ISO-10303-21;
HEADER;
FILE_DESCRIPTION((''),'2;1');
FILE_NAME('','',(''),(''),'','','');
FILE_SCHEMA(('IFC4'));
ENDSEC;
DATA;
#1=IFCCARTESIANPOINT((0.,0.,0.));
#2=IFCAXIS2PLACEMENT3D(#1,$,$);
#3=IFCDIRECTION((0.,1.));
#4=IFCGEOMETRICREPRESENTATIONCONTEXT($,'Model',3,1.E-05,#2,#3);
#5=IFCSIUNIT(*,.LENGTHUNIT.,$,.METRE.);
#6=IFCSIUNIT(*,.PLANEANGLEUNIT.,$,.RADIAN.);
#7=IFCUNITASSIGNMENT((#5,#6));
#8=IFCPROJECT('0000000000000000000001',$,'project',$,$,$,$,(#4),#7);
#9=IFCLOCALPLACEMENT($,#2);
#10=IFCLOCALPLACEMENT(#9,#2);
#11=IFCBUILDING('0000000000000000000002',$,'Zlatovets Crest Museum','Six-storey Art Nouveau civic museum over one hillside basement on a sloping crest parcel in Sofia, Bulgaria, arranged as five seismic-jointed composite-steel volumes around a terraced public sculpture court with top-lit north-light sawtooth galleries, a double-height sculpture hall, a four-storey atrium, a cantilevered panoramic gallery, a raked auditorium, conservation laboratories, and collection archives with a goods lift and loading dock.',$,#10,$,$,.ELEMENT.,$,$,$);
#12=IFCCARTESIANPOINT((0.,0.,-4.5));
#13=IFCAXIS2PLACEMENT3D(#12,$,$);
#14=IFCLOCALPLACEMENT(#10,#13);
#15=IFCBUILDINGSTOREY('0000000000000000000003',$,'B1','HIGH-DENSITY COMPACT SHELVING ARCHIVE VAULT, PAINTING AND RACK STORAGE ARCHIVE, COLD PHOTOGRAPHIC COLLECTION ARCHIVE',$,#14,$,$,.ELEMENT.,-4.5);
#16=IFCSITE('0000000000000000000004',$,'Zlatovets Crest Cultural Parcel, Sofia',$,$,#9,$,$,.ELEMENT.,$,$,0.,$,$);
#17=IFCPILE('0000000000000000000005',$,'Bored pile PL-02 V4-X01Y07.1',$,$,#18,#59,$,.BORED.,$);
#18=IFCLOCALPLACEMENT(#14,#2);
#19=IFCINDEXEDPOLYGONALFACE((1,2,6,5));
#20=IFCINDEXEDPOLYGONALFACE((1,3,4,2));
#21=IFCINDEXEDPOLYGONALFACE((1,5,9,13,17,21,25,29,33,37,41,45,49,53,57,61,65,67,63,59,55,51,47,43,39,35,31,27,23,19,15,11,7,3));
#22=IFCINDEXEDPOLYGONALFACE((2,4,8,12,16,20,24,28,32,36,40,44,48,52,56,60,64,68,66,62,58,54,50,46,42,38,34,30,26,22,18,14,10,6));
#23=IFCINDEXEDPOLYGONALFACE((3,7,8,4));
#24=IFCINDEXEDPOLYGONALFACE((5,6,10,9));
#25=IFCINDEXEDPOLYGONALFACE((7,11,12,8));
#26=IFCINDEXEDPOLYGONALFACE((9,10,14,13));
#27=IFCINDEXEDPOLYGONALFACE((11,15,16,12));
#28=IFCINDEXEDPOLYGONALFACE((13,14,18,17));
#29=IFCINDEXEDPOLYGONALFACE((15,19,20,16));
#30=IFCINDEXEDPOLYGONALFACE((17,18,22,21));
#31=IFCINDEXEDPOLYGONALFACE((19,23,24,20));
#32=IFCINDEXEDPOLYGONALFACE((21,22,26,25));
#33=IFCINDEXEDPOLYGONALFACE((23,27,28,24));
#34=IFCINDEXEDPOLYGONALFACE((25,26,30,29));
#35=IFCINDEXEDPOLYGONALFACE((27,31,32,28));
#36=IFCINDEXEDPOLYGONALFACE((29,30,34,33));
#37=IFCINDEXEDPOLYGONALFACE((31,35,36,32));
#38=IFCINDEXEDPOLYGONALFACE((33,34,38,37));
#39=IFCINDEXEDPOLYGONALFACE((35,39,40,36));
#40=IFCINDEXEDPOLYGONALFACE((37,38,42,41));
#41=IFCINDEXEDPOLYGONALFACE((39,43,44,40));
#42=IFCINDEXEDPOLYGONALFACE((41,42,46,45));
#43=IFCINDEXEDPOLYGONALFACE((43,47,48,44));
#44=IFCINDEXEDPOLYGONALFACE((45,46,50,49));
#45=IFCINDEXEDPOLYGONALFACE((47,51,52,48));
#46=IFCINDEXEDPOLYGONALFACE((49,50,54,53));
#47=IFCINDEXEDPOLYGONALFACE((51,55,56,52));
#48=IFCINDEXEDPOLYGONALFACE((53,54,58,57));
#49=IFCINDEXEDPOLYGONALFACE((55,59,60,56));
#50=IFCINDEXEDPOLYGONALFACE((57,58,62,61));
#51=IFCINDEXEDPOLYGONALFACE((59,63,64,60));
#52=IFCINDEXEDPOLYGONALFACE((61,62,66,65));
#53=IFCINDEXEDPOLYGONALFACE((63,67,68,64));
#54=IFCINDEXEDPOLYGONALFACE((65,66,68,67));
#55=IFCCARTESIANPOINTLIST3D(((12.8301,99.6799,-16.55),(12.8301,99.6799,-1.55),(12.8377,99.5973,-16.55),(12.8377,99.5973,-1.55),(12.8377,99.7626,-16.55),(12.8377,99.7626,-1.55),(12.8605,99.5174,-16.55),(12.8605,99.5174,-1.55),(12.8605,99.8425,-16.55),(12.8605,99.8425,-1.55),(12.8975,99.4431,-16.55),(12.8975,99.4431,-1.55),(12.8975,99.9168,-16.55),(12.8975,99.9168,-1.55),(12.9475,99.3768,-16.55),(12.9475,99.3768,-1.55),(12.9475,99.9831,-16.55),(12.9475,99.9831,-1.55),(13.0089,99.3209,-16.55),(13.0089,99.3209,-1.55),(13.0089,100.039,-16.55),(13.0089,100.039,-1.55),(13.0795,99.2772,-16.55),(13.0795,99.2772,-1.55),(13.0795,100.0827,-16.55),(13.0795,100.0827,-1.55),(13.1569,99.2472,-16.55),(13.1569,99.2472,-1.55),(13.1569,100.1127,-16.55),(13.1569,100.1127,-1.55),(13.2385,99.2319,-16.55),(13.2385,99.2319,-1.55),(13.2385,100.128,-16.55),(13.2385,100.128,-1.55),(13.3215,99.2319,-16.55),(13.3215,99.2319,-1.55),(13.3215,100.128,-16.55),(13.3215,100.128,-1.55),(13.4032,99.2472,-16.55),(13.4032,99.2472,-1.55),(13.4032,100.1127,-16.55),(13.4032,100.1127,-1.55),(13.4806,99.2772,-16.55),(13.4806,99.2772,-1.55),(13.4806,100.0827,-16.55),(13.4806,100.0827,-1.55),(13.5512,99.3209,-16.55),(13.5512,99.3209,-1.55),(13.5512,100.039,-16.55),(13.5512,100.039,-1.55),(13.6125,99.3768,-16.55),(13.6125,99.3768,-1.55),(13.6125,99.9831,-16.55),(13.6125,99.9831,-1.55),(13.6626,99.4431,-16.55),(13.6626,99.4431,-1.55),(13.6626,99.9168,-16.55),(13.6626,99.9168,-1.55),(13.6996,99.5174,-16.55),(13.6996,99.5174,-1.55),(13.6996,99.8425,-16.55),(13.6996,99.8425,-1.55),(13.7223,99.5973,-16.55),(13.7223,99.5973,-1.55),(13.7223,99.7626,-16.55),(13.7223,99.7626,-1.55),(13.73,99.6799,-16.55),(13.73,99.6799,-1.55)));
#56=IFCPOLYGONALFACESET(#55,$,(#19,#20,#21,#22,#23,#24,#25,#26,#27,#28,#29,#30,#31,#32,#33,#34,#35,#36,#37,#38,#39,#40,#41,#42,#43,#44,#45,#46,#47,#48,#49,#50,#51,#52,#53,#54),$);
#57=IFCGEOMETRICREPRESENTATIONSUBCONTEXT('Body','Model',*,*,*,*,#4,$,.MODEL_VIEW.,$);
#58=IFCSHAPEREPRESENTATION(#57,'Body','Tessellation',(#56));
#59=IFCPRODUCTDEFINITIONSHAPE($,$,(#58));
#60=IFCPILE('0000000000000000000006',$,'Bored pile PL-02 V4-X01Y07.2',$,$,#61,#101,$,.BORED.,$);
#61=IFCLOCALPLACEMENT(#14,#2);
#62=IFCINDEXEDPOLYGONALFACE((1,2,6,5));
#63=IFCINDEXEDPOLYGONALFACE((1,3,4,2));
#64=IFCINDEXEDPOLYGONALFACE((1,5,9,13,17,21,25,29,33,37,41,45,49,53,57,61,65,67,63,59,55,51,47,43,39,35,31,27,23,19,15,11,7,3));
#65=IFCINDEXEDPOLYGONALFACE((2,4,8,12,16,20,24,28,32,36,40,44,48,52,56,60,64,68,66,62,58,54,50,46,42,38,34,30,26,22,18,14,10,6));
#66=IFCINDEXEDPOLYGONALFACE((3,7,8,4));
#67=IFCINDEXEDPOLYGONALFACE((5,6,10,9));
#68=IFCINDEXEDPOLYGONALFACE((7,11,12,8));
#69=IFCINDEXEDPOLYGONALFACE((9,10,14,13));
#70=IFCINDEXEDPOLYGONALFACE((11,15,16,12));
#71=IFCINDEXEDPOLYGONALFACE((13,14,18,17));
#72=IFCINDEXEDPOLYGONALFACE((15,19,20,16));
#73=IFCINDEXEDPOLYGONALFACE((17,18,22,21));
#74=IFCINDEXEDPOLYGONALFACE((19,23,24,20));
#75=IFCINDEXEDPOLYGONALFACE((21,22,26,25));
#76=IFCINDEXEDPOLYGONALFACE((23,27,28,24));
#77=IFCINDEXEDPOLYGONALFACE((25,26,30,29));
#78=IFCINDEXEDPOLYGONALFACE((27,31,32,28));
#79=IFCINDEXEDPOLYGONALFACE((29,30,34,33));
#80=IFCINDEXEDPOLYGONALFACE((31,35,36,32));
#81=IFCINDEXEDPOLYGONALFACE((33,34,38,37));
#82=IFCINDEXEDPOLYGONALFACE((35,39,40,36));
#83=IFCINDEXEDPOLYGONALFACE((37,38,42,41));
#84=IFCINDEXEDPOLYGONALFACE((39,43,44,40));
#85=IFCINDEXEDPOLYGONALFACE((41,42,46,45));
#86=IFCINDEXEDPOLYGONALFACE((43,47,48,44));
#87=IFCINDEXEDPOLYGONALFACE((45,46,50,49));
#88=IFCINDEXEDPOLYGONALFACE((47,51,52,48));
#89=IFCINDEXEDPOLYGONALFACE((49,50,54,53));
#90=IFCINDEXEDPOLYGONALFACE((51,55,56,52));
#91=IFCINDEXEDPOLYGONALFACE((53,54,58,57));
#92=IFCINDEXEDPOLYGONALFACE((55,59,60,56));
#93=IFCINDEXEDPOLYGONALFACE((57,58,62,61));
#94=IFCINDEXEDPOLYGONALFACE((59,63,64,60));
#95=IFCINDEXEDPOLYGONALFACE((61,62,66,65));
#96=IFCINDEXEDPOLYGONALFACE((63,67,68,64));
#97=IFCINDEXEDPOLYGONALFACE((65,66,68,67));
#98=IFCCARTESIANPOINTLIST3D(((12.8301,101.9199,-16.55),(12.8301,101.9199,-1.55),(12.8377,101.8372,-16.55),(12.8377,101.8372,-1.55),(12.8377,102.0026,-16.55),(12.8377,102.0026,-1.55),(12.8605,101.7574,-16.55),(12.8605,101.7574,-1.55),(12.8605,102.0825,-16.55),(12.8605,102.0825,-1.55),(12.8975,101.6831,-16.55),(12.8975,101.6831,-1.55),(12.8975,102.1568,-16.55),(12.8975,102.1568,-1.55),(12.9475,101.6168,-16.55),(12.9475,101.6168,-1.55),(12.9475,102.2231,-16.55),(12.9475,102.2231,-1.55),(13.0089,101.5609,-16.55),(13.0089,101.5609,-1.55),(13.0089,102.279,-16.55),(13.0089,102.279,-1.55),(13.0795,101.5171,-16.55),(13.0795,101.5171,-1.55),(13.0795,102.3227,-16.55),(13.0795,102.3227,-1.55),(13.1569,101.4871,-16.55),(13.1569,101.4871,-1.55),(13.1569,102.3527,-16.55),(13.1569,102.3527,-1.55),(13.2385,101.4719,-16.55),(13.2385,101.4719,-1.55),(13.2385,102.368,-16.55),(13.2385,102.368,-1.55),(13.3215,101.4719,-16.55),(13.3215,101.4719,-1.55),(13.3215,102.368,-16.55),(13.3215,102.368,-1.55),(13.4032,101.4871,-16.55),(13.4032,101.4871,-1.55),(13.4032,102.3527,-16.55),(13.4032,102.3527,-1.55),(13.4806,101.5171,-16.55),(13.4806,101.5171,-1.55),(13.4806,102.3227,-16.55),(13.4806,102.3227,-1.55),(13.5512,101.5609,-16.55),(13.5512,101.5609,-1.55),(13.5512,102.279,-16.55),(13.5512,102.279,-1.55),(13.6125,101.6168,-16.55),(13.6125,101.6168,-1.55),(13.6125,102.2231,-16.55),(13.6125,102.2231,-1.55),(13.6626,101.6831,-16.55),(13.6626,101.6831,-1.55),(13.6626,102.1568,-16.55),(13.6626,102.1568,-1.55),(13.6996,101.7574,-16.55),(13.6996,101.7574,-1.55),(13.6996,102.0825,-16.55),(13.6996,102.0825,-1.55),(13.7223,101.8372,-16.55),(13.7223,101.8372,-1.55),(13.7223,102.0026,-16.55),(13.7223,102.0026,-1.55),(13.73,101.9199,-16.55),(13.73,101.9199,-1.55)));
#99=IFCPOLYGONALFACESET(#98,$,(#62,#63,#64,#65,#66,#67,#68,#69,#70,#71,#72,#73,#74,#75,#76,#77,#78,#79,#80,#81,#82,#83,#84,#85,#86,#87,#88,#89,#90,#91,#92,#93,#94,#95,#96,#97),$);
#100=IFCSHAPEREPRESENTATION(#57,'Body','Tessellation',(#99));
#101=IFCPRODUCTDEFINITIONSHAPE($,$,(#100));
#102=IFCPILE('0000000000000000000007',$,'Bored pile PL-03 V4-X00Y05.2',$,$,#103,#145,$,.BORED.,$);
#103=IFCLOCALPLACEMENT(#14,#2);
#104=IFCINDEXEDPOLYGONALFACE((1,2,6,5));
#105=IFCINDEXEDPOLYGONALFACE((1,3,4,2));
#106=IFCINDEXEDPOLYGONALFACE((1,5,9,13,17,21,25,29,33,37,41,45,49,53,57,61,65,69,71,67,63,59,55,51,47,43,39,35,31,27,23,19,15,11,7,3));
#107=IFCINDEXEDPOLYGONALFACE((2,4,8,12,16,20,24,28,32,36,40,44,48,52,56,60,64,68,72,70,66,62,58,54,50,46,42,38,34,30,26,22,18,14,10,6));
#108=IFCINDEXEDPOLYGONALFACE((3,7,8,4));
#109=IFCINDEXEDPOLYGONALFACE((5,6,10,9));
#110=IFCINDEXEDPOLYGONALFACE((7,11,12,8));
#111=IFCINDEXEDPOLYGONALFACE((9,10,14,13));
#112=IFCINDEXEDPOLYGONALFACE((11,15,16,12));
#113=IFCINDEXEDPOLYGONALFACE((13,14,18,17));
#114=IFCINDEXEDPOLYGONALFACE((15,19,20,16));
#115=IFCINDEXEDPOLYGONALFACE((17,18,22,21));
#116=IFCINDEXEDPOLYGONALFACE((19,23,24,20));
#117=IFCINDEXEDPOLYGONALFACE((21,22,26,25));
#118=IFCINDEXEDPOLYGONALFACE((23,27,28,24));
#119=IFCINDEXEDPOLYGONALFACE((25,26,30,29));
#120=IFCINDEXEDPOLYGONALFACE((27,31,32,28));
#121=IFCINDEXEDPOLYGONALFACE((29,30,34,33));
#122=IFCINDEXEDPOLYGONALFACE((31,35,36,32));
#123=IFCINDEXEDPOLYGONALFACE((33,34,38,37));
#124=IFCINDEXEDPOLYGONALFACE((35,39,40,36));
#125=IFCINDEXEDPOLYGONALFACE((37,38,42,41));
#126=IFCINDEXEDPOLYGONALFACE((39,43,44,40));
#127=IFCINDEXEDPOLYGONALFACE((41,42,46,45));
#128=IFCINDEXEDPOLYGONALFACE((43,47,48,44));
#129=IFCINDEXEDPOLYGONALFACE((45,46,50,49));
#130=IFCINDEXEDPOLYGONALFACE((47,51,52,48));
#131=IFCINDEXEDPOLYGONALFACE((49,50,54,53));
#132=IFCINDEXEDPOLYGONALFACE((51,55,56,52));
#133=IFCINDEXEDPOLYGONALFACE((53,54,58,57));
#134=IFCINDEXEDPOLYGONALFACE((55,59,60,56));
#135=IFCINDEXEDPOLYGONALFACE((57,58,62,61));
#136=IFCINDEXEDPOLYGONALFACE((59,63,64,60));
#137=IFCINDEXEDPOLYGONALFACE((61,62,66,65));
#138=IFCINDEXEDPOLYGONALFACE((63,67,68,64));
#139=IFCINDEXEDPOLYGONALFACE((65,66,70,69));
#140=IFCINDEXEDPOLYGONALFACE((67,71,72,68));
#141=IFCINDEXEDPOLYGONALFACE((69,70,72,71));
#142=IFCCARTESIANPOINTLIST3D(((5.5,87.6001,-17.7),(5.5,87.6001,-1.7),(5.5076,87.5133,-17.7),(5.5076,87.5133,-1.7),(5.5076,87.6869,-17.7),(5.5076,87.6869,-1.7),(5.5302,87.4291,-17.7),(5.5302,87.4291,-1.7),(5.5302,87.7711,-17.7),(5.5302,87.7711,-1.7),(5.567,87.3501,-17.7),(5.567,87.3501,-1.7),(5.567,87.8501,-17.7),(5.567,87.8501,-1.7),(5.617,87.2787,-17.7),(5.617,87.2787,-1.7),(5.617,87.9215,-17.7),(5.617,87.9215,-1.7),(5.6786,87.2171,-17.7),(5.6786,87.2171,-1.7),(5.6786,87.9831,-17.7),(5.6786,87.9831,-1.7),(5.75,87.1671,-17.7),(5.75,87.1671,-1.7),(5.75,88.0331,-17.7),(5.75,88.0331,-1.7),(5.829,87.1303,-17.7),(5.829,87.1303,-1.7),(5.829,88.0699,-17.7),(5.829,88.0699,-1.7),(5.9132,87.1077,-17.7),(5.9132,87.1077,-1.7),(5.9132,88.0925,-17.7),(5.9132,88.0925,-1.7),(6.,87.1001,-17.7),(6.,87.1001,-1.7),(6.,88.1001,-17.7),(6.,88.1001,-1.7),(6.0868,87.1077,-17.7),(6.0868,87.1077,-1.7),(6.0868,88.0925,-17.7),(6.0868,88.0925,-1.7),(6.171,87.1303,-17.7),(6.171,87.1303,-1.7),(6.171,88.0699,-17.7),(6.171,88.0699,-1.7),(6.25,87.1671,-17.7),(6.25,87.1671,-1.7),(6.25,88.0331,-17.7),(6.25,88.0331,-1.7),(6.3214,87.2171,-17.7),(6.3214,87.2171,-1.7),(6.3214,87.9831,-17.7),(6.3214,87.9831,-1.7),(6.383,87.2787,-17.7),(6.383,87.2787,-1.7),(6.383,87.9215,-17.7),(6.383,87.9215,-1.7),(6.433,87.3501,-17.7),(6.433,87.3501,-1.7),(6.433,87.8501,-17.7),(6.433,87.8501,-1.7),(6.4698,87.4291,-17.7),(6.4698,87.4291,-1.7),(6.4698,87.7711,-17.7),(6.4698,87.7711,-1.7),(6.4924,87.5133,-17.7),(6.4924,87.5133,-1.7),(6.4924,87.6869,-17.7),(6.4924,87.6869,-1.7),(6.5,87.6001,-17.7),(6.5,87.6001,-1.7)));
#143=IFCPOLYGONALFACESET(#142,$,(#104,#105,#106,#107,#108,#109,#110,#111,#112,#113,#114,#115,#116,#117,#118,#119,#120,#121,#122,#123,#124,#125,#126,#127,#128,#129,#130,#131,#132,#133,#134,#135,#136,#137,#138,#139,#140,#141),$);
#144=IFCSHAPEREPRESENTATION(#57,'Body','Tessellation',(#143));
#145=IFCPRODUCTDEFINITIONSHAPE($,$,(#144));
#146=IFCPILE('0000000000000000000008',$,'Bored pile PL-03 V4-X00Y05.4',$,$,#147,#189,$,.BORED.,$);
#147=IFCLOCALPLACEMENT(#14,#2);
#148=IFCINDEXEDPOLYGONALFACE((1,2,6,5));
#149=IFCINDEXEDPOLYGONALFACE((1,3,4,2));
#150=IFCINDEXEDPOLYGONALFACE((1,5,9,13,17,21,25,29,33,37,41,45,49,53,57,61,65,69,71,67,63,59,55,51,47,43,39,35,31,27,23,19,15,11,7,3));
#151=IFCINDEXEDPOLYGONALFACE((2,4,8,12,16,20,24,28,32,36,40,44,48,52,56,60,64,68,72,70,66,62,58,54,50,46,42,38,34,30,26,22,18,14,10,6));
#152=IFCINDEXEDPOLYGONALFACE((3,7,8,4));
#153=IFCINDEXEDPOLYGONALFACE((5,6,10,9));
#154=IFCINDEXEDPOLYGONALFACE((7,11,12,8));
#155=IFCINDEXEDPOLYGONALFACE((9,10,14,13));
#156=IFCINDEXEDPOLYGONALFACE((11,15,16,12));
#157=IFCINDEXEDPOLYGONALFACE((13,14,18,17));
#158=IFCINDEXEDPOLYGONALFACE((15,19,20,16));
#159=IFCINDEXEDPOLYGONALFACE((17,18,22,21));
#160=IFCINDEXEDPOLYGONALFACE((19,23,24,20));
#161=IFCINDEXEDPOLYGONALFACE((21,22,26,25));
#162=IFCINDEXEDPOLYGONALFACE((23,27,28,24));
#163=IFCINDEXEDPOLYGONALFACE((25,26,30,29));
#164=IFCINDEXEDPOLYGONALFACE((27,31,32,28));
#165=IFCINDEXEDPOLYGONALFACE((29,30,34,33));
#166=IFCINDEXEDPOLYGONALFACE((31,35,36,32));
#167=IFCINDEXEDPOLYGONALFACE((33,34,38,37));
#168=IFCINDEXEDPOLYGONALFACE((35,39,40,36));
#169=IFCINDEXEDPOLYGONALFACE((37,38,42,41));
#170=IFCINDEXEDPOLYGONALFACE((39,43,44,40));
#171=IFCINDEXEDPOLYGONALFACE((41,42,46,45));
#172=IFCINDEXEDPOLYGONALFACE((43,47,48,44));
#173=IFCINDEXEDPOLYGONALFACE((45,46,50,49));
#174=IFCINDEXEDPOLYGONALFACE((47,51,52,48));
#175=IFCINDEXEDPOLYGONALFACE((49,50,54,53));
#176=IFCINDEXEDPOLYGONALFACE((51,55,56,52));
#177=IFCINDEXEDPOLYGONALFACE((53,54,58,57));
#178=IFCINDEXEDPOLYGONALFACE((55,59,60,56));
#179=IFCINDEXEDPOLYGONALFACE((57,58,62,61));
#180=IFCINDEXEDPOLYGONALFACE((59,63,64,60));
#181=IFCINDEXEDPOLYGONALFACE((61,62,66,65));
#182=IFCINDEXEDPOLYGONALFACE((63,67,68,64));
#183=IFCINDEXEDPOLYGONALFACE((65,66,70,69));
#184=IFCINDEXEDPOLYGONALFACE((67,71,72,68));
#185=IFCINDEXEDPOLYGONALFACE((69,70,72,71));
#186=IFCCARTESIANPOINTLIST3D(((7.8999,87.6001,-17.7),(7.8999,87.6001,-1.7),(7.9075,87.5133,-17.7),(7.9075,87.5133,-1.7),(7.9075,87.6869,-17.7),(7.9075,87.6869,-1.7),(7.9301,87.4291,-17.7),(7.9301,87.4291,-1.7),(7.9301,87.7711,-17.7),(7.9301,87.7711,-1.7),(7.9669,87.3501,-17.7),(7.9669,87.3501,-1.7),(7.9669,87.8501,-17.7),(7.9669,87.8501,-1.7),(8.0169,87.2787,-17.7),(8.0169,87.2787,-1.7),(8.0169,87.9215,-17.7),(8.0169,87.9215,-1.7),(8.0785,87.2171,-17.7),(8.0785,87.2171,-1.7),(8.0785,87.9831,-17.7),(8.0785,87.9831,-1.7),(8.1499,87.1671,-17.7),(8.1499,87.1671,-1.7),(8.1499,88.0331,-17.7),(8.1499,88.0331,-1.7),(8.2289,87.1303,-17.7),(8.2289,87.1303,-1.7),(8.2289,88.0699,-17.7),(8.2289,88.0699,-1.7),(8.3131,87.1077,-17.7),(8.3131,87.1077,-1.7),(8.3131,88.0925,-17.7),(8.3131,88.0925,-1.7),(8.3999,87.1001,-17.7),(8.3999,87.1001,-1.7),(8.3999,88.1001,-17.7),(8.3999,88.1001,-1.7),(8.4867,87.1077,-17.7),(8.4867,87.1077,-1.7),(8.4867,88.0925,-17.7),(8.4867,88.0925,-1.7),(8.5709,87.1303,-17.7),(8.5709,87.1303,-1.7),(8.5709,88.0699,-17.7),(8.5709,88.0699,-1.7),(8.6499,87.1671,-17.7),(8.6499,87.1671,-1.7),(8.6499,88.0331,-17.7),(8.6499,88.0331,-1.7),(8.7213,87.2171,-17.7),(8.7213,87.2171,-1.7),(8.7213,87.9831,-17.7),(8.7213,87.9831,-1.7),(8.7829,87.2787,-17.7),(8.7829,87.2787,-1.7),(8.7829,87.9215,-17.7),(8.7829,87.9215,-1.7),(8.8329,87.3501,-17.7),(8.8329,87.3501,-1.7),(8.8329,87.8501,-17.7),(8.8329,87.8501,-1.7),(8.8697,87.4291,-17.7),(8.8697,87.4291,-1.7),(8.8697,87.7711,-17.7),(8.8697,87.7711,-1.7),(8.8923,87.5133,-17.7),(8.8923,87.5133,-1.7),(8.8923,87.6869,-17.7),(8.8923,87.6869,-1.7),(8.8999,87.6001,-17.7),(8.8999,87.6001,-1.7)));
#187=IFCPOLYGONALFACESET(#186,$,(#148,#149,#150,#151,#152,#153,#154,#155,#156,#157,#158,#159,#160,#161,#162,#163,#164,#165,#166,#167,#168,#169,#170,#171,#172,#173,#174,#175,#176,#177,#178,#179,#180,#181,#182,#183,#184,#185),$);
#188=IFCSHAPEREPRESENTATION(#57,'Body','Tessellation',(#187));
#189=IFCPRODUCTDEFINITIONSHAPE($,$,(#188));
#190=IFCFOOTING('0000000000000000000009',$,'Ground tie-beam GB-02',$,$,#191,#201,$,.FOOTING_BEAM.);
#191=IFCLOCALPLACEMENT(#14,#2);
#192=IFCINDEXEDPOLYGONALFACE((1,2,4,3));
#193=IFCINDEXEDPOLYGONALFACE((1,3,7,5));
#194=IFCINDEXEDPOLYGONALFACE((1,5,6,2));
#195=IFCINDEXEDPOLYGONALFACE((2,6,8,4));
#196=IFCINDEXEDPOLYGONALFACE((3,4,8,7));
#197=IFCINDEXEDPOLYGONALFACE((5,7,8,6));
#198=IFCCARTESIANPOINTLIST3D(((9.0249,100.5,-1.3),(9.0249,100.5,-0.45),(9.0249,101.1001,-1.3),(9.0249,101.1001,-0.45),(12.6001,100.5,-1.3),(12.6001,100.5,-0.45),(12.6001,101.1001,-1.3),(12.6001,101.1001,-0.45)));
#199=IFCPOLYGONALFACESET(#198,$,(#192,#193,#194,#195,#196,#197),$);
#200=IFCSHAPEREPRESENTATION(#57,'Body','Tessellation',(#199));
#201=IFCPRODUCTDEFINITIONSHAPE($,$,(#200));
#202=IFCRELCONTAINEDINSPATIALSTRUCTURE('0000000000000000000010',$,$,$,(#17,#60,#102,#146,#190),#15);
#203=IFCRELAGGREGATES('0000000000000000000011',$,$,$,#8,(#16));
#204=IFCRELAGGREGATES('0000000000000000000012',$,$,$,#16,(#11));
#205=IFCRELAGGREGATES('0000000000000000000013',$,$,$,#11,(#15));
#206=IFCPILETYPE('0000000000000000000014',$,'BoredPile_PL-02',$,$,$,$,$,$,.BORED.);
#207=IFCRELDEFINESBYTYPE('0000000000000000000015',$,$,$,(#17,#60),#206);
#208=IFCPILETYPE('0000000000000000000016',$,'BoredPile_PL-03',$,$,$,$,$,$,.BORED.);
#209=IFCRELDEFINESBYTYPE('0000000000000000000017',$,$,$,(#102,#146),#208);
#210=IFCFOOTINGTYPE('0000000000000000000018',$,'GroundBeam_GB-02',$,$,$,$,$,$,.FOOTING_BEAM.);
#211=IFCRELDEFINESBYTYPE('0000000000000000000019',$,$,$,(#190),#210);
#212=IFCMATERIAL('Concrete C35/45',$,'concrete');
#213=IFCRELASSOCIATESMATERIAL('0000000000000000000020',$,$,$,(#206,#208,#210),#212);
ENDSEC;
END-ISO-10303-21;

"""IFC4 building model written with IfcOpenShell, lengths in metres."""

from ifc_helpers import new_model, si_unit, direction, frame, origin, origin_2d, place, context, subcontext, project, spatial, rectangle, circle, extrude, material, material_profile, profile_set, type_object, element, save


model = new_model("IFC4")

# Units and contexts
model_context = context("Model", 3, precision=1e-05, world=origin(), true_north=direction((0.0, 1.0)))
body_context = subcontext(model_context, "Body", "Model", "MODEL_VIEW")
ifc_project = project(units=[si_unit("LENGTHUNIT", "METRE"), si_unit("PLANEANGLEUNIT", "RADIAN")], contexts=[model_context])

# Site, building, storey
site_placement = place(None, origin())
site = spatial("IfcSite", under=ifc_project, at=site_placement, Name="Zlatovets Crest Cultural Parcel, Sofia", CompositionType="ELEMENT", RefElevation=0.0)
building_placement = place(site_placement, origin())
building = spatial("IfcBuilding", under=site, at=building_placement, Name="Zlatovets Crest Museum", Description="Six-storey Art Nouveau civic museum over one hillside basement on a sloping crest parcel in Sofia, Bulgaria, arranged as five seismic-jointed composite-steel volumes around a terraced public sculpture court with top-lit north-light sawtooth galleries, a double-height sculpture hall, a four-storey atrium, a cantilevered panoramic gallery, a raked auditorium, conservation laboratories, and collection archives with a goods lift and loading dock.", CompositionType="ELEMENT")
storey_placement = place(building_placement, frame((0.0, 0.0, -4.5)))
storey = spatial("IfcBuildingStorey", under=building, at=storey_placement, Name="B1", Description="HIGH-DENSITY COMPACT SHELVING ARCHIVE VAULT, PAINTING AND RACK STORAGE ARCHIVE, COLD PHOTOGRAPHIC COLLECTION ARCHIVE", CompositionType="ELEMENT", Elevation=-4.5)

# Piles
ifc_material = material(Name="Concrete C35/45", Category="concrete")
ifc_material_profile_1 = material_profile(ifc_material, circle(Radius=0.45, at=origin_2d()), Name="PILE D900")
ifc_profile_set_1 = profile_set([ifc_material_profile_1], Name="Concrete C35/45")
pile_type_1 = type_object("IfcPileType", Name="BoredPile_PL-02", PredefinedType="BORED", material=ifc_profile_set_1)
for number, where, z_axis, x_axis, name in (
    (1, (13.28, 99.6799, -1.55), (0.0, 0.0, -1.0), (1.0, 0.0, 0.0), "Bored pile PL-02 V4-X01Y07.1"),
    (2, (13.28, 101.9199, -1.55), (0.0, 0.0, -1.0), (1.0, 0.0, 0.0), "Bored pile PL-02 V4-X01Y07.2"),
):
    element("IfcPile", number, at=place(storey_placement, frame(where, z_axis=z_axis, x_axis=x_axis)), inside=storey, type_object=pile_type_1, Name=name, PredefinedType="BORED", context=body_context, shape_type="SweptSolid", body=[
        extrude(circle(Radius=0.45, at=origin_2d()), origin(), (0.0, 0.0, 1.0), 15.0),
    ])
ifc_material_profile_2 = material_profile(ifc_material, circle(Radius=0.5, at=origin_2d()), Name="PILE D1000")
ifc_profile_set_2 = profile_set([ifc_material_profile_2], Name="Concrete C35/45")
pile_type_2 = type_object("IfcPileType", Name="BoredPile_PL-03", PredefinedType="BORED", material=ifc_profile_set_2)
for number, where, z_axis, x_axis, name in (
    (3, (6.0, 87.6001, -1.7), (0.0, 0.0, -1.0), (1.0, 0.0, 0.0), "Bored pile PL-03 V4-X00Y05.2"),
    (4, (8.3999, 87.6001, -1.7), (0.0, 0.0, -1.0), (1.0, 0.0, 0.0), "Bored pile PL-03 V4-X00Y05.4"),
):
    element("IfcPile", number, at=place(storey_placement, frame(where, z_axis=z_axis, x_axis=x_axis)), inside=storey, type_object=pile_type_2, Name=name, PredefinedType="BORED", context=body_context, shape_type="SweptSolid", body=[
        extrude(circle(Radius=0.5, at=origin_2d()), origin(), (0.0, 0.0, 1.0), 16.0),
    ])

# Footing
ifc_material_profile_3 = material_profile(ifc_material, rectangle(XDim=0.6001, YDim=0.8501, at=origin_2d()), Name="RC 600x850")
ifc_profile_set_3 = profile_set([ifc_material_profile_3], Name="Concrete C35/45")
footing_type_1 = type_object("IfcFootingType", Name="GroundBeam_GB-02", PredefinedType="FOOTING_BEAM", material=ifc_profile_set_3)
footing_1_placement = place(storey_placement, frame((9.0249, 100.8, -0.875), z_axis=(1.0, 0.0, 0.0), x_axis=(0.0, 1.0, 0.0)))
element("IfcFooting", 5, at=footing_1_placement, inside=storey, type_object=footing_type_1, Name="Ground tie-beam GB-02", PredefinedType="FOOTING_BEAM", context=body_context, shape_type="SweptSolid", body=[
    extrude(rectangle(XDim=0.6001, YDim=0.8501, at=origin_2d()), origin(), (0.0, 0.0, 1.0), 3.5752),
])

save(model, "model.ifc")
